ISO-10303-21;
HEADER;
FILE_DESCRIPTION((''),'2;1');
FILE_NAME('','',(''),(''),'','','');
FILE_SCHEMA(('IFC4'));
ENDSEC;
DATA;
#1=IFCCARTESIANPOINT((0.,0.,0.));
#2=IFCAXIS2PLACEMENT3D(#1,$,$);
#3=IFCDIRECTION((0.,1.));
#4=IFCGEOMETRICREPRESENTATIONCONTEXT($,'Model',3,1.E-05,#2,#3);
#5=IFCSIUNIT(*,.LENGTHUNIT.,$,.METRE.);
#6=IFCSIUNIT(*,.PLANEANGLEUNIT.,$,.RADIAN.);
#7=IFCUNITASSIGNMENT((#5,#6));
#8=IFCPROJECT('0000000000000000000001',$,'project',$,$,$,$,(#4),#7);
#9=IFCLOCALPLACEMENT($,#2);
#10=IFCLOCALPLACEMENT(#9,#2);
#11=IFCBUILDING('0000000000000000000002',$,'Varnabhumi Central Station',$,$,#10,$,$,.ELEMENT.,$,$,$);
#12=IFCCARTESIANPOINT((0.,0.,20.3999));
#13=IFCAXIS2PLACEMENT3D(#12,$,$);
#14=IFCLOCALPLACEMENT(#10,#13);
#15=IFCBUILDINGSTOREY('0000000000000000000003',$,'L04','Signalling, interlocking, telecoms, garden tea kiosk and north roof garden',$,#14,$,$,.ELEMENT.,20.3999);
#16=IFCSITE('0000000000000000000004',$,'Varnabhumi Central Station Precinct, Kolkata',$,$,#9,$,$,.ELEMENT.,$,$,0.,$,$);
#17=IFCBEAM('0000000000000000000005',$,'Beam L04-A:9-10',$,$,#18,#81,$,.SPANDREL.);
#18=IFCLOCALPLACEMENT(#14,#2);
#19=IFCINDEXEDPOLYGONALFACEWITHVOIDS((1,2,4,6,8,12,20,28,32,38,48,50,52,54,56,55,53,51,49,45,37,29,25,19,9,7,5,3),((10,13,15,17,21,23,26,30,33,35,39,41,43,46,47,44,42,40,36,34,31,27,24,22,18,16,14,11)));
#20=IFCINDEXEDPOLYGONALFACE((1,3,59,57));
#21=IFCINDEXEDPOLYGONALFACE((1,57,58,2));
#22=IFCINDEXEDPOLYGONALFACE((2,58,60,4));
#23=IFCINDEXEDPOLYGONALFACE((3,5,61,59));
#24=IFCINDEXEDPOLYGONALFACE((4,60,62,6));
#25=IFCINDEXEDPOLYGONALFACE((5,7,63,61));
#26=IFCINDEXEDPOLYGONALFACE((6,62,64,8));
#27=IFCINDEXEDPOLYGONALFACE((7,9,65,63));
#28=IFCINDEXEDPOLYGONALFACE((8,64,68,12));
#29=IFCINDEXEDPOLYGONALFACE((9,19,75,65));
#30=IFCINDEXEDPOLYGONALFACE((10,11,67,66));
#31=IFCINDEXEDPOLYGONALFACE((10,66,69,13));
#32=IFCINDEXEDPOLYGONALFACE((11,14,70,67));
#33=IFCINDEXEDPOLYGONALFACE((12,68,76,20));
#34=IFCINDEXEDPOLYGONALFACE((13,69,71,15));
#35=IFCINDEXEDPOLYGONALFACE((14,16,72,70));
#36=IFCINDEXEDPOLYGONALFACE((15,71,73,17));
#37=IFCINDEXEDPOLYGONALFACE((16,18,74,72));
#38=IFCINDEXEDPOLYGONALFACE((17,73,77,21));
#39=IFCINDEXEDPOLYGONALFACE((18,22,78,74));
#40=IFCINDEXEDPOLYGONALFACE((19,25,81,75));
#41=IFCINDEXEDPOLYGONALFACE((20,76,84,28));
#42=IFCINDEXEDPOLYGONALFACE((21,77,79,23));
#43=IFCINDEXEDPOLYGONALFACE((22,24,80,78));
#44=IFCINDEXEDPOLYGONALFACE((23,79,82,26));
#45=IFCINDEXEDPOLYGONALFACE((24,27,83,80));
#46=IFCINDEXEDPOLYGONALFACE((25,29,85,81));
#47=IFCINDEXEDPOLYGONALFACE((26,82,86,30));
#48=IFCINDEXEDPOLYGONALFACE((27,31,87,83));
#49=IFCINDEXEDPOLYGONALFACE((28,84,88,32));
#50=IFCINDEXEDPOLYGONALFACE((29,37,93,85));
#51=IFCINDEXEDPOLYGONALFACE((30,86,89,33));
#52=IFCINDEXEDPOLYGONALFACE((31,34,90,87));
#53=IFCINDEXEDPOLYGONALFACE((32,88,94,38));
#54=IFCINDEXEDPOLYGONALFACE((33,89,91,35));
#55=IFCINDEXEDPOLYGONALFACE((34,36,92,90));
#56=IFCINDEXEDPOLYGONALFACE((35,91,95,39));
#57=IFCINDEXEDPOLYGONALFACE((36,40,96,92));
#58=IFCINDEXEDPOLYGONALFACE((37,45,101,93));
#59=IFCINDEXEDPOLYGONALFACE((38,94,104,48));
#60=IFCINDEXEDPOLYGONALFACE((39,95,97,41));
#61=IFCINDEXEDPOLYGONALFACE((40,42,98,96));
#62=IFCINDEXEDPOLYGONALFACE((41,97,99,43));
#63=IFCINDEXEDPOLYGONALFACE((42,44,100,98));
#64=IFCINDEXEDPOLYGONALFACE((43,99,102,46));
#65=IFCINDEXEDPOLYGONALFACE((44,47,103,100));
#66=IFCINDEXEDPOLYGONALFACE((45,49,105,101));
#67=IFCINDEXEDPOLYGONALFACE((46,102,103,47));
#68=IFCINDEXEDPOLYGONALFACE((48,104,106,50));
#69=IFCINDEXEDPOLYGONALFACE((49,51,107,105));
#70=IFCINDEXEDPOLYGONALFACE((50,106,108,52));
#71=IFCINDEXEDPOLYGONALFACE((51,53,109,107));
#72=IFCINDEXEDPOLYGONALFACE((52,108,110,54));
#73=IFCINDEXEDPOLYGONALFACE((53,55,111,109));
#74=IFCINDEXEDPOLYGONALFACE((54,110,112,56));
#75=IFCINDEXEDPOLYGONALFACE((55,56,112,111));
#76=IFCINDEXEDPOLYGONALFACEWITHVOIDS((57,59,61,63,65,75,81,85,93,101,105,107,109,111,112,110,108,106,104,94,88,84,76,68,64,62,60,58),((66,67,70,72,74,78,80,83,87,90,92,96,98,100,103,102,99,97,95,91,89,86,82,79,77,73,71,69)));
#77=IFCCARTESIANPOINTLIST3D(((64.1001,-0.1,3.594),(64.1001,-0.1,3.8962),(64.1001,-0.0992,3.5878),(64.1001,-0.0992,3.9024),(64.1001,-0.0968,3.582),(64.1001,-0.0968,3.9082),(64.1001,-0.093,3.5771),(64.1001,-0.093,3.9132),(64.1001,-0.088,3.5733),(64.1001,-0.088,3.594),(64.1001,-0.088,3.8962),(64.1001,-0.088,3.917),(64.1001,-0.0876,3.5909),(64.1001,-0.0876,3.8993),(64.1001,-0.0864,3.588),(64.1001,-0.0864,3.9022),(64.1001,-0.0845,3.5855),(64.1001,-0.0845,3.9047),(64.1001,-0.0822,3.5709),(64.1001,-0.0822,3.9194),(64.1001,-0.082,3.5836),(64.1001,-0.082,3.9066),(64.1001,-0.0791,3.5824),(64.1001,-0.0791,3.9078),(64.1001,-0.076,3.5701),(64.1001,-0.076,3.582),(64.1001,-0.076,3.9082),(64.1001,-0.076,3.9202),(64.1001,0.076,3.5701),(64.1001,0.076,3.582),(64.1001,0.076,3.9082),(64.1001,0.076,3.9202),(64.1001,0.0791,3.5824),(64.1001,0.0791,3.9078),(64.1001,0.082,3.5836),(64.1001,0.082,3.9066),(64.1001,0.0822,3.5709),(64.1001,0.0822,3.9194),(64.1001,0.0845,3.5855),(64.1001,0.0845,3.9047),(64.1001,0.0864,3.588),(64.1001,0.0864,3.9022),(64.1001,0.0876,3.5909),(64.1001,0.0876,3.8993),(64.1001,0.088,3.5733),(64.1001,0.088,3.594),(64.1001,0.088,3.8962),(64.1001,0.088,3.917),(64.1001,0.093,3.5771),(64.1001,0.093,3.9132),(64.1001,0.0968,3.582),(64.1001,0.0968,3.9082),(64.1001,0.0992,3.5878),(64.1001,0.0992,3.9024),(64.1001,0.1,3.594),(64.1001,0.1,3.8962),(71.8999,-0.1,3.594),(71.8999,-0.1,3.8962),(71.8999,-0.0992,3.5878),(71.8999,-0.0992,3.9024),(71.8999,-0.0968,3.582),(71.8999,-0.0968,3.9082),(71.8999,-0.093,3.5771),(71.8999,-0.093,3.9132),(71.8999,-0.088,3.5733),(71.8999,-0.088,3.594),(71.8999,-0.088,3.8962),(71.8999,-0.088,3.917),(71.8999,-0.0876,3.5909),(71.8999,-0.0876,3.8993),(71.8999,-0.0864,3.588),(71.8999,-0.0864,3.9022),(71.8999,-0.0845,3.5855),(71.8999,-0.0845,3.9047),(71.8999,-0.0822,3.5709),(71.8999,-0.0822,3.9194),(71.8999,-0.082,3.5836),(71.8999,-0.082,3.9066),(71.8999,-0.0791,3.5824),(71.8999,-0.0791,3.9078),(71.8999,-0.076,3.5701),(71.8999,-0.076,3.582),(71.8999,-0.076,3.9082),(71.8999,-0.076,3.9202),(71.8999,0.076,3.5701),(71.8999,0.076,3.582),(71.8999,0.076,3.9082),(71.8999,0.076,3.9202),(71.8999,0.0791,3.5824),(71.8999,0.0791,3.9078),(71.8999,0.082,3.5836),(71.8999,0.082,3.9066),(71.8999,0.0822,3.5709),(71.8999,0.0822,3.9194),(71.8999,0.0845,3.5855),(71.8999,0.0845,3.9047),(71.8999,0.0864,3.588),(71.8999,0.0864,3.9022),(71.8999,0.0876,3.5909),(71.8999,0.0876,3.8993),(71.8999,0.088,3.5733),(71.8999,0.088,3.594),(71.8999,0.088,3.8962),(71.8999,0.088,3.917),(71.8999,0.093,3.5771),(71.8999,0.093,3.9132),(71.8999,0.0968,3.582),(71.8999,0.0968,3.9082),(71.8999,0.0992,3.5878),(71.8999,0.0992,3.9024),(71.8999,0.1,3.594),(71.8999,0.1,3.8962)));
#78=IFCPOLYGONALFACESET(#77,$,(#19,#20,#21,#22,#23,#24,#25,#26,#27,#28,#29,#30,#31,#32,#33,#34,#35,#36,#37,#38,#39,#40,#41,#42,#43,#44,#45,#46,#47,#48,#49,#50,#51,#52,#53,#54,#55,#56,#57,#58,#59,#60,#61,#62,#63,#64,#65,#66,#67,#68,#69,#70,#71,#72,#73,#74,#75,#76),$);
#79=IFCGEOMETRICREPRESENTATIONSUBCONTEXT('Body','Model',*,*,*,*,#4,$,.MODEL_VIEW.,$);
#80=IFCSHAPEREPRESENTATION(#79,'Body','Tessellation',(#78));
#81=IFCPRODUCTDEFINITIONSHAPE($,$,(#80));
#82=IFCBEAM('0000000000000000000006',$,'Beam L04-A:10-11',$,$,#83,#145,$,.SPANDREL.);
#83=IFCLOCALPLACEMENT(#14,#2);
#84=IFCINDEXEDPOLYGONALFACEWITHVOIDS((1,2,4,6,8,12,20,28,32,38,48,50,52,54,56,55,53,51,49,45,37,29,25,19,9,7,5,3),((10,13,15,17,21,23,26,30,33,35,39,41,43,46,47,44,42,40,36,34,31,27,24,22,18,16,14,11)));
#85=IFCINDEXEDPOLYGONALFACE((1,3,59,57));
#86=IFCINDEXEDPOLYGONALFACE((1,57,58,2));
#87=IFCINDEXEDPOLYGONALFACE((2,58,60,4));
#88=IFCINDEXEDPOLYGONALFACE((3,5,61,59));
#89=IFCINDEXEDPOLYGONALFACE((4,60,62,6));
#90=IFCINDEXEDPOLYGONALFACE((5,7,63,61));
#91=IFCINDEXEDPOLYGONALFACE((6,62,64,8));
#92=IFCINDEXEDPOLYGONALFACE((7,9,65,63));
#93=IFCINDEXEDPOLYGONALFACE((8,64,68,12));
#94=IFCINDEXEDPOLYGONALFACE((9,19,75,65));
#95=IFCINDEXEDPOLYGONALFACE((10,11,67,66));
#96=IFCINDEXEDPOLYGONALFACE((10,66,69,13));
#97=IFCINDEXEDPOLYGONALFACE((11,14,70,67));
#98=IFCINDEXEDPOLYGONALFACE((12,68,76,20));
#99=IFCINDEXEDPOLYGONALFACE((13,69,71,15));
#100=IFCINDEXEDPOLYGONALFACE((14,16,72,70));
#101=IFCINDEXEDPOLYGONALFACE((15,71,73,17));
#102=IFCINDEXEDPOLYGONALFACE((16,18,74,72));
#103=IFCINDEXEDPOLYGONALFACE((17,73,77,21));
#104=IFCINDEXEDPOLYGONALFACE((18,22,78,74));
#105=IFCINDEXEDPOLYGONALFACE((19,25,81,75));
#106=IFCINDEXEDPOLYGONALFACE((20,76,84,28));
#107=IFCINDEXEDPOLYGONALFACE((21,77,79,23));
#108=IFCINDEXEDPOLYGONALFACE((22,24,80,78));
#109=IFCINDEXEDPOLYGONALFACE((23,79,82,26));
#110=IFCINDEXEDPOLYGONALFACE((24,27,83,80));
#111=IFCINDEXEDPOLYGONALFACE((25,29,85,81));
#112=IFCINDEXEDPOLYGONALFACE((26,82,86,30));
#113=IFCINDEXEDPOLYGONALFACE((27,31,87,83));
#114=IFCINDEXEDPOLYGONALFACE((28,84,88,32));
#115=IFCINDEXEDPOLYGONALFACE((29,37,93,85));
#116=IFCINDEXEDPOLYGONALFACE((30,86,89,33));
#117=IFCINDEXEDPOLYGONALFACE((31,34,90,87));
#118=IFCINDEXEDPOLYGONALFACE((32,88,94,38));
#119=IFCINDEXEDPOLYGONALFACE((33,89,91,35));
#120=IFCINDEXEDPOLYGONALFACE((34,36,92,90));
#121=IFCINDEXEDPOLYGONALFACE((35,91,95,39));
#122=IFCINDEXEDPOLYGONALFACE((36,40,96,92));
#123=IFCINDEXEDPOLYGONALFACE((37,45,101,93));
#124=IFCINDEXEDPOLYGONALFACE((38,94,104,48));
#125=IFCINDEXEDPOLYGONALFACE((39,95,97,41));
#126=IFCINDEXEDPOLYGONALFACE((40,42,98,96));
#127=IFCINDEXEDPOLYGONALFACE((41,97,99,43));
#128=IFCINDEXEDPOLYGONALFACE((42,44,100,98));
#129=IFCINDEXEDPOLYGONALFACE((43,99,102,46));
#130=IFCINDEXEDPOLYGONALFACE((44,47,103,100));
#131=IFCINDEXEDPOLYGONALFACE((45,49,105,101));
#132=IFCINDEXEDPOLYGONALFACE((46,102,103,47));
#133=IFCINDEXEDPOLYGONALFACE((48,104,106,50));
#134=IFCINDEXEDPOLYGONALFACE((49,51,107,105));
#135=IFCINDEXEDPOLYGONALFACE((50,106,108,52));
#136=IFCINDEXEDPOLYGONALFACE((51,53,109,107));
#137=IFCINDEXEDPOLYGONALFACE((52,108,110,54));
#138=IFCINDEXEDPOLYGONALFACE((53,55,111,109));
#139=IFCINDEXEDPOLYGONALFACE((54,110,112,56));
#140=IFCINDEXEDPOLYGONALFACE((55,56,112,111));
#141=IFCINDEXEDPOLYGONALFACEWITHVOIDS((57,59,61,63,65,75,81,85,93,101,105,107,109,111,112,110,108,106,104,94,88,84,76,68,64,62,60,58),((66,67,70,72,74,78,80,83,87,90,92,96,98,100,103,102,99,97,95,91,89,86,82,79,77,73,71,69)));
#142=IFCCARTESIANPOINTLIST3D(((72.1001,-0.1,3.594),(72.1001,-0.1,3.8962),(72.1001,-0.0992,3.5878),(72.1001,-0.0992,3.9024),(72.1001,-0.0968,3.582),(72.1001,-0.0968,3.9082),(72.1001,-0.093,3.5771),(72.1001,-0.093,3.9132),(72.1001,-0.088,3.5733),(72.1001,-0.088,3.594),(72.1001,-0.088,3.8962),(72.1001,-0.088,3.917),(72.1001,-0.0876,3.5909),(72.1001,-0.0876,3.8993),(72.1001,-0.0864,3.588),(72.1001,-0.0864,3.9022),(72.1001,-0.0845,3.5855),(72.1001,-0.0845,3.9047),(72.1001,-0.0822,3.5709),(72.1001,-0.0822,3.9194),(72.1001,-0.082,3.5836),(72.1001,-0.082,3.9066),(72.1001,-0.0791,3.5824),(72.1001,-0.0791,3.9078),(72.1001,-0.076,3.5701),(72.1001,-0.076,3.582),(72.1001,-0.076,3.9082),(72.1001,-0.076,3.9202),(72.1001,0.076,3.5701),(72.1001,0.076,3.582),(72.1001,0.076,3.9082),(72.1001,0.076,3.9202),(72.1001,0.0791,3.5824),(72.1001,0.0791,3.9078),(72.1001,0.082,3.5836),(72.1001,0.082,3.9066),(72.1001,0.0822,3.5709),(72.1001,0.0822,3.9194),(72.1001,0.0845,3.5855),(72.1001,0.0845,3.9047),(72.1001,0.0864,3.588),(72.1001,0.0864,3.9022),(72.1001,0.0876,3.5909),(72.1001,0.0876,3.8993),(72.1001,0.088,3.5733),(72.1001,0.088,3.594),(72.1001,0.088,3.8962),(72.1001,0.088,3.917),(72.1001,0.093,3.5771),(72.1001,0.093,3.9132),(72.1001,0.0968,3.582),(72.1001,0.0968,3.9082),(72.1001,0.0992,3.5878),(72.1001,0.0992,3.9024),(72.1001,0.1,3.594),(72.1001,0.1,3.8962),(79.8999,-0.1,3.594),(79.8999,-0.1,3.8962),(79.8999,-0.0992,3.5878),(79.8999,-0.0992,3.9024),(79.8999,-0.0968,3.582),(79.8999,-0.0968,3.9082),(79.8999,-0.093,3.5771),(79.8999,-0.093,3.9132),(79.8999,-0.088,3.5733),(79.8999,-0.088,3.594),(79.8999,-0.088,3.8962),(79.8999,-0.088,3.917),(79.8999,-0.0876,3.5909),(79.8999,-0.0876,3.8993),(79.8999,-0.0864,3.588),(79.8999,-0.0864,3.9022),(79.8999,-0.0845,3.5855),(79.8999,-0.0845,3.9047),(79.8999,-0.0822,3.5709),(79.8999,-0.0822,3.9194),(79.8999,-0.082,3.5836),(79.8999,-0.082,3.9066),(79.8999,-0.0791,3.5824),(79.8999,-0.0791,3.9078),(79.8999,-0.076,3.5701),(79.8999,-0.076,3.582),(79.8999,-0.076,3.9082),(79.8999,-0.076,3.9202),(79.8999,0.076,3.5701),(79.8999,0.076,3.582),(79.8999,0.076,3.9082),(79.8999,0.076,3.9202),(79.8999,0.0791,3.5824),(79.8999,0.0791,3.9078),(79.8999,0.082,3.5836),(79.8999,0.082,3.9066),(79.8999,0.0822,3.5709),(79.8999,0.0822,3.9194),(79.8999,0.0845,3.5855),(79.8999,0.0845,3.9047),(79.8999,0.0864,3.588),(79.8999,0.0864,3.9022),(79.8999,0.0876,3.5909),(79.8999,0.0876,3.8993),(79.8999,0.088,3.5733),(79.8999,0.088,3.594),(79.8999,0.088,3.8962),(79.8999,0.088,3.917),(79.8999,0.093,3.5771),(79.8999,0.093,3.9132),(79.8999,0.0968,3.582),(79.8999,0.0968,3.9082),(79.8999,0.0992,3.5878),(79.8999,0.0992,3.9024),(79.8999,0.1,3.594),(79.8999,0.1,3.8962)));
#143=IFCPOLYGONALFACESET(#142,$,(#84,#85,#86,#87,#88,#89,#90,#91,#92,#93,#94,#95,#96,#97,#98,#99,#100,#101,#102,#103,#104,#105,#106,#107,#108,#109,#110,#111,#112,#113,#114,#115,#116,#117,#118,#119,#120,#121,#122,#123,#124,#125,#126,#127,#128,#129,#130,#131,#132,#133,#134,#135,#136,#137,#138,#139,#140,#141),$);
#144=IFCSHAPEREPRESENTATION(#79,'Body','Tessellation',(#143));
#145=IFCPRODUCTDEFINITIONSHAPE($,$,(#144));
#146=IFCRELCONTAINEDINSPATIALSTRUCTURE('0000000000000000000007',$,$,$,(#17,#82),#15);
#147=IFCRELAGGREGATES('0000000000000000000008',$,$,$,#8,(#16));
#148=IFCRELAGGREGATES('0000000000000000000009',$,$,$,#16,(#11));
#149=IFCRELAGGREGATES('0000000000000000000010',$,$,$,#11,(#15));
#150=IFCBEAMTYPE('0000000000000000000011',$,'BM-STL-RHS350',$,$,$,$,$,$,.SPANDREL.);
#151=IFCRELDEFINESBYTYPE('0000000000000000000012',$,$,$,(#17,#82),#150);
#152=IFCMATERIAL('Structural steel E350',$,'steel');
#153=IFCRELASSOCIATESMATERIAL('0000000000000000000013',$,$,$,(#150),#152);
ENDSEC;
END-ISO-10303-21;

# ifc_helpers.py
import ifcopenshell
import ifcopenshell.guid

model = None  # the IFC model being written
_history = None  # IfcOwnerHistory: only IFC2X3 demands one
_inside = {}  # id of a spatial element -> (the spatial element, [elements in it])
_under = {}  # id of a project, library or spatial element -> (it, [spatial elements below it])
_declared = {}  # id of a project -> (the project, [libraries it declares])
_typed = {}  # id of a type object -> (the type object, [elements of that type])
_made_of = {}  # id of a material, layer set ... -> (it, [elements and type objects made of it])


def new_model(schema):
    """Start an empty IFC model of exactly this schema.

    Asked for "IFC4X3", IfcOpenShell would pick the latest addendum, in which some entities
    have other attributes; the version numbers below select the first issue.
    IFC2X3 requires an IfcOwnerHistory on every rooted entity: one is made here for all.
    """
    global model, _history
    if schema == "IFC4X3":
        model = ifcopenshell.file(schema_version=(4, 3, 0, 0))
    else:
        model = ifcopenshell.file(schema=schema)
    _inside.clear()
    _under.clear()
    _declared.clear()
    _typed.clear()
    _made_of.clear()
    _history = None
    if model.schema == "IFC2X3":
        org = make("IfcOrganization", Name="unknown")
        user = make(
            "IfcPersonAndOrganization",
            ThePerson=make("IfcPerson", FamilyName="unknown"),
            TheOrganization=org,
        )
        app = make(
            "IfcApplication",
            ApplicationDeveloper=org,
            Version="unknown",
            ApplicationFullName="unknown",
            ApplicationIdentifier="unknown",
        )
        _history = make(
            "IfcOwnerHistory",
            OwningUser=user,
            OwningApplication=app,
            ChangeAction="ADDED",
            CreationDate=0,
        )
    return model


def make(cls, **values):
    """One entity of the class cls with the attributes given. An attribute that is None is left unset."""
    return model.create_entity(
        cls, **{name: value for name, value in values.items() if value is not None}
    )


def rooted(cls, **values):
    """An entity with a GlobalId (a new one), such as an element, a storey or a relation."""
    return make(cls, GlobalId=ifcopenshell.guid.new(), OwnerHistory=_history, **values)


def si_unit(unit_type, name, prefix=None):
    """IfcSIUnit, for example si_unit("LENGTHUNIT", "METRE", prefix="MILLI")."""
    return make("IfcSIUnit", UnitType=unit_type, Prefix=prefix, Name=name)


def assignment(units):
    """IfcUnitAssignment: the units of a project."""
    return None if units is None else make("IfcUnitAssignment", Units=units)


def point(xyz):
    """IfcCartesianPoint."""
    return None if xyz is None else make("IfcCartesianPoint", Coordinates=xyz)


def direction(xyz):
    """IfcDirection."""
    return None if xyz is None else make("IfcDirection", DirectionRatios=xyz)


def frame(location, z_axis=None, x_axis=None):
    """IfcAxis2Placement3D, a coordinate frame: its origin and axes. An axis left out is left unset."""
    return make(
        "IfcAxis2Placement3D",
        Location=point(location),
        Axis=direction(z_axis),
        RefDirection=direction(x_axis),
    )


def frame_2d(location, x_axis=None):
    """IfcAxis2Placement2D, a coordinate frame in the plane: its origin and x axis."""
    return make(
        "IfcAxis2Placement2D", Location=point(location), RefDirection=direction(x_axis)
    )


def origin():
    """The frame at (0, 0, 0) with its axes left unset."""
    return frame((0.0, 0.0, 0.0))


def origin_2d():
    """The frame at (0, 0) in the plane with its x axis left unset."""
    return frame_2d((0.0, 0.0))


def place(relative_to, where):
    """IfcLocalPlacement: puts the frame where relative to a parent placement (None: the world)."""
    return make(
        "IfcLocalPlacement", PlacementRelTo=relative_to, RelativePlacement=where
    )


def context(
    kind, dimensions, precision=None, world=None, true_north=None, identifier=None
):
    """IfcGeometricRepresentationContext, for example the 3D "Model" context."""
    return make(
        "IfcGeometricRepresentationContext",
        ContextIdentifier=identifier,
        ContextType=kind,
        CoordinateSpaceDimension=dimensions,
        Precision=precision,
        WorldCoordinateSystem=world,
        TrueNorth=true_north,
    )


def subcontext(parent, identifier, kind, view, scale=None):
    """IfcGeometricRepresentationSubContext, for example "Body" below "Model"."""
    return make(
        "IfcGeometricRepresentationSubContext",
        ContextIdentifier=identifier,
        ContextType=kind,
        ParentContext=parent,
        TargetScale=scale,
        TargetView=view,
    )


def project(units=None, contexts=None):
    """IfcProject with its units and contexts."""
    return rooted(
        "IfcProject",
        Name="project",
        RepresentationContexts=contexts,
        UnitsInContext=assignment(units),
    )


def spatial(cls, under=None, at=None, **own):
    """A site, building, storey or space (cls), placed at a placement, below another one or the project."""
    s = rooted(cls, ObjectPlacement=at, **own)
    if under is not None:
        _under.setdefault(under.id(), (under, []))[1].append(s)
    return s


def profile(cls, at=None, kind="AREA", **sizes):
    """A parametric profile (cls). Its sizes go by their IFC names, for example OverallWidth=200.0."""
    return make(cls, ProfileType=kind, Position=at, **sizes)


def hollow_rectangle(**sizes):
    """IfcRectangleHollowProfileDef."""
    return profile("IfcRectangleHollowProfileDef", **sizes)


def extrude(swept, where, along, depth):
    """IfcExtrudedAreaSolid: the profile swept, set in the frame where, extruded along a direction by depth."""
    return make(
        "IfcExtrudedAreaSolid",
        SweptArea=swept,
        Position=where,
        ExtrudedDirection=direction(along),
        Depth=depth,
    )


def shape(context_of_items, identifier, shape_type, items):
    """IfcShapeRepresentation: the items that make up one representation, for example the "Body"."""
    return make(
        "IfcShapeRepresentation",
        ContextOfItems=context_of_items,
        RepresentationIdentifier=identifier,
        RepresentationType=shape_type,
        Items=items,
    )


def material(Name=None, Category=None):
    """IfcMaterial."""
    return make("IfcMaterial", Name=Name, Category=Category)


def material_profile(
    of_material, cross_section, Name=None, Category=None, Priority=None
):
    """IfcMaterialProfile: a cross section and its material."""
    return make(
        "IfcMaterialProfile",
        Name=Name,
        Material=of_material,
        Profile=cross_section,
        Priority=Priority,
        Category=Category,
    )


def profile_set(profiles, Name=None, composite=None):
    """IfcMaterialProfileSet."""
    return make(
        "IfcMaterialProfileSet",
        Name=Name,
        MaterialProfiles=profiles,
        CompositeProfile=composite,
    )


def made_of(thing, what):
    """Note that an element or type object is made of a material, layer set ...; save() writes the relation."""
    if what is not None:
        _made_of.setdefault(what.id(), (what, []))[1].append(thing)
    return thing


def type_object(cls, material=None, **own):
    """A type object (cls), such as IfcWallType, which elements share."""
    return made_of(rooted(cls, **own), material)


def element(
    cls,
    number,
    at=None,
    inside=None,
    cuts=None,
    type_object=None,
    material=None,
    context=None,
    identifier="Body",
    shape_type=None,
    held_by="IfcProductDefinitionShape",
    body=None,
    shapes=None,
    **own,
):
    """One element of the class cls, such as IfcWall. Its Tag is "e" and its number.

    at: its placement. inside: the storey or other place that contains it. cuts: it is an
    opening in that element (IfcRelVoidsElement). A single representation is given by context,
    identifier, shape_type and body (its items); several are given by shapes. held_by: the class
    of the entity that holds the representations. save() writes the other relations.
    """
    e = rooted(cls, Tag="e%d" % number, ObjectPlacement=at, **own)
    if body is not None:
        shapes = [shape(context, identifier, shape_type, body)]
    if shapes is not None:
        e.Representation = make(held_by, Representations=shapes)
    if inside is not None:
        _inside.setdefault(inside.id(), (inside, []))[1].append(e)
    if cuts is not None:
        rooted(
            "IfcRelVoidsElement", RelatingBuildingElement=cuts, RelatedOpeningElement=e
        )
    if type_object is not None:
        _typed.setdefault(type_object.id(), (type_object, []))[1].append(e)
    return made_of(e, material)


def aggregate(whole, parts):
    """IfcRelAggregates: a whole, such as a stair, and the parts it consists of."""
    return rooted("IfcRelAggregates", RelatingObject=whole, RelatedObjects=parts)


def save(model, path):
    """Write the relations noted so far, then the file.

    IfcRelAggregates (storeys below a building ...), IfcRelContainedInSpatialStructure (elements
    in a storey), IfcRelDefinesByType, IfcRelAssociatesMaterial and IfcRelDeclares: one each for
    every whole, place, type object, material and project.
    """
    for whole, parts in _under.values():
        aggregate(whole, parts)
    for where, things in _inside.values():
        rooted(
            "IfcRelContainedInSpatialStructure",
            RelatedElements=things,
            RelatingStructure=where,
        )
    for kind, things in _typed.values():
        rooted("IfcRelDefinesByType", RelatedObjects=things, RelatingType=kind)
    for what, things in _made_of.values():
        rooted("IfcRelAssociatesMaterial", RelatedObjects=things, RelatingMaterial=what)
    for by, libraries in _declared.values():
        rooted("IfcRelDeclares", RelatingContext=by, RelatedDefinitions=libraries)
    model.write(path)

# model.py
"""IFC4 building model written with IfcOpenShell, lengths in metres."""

from ifc_helpers import new_model, si_unit, direction, frame, origin, origin_2d, place, context, subcontext, project, spatial, hollow_rectangle, extrude, material, material_profile, profile_set, type_object, element, save


model = new_model("IFC4")

# Units and contexts
model_context = context("Model", 3, precision=1e-05, world=origin(), true_north=direction((0.0, 1.0)))
body_context = subcontext(model_context, "Body", "Model", "MODEL_VIEW")
ifc_project = project(units=[si_unit("LENGTHUNIT", "METRE"), si_unit("PLANEANGLEUNIT", "RADIAN")], contexts=[model_context])

# Site, building, storey
site_placement = place(None, origin())
site = spatial("IfcSite", under=ifc_project, at=site_placement, Name="Varnabhumi Central Station Precinct, Kolkata", CompositionType="ELEMENT", RefElevation=0.0)
building_placement = place(site_placement, origin())
building = spatial("IfcBuilding", under=site, at=building_placement, Name="Varnabhumi Central Station", CompositionType="ELEMENT")
storey_placement = place(building_placement, frame((0.0, 0.0, 20.3999)))
storey = spatial("IfcBuildingStorey", under=building, at=storey_placement, Name="L04", Description="Signalling, interlocking, telecoms, garden tea kiosk and north roof garden", CompositionType="ELEMENT", Elevation=20.3999)

# Beams
ifc_material_1 = material(Name="Structural steel E350", Category="steel")
ifc_material_profile_1 = material_profile(ifc_material_1, hollow_rectangle(XDim=0.2, YDim=0.3501, WallThickness=0.012, InnerFilletRadius=0.012, OuterFilletRadius=0.0239, at=origin_2d()), Name="Structural steel E350", Category="steel")
ifc_profile_set_1 = profile_set([ifc_material_profile_1], Name="Structural steel E350")
beam_type_1 = type_object("IfcBeamType", Name="BM-STL-RHS350", PredefinedType="SPANDREL", material=ifc_profile_set_1)
for number, where, z_axis, x_axis, name in (
    (1, (64.1001, 0.0, 3.7451), (1.0, 0.0, 0.0), (0.0, 1.0, 0.0), "Beam L04-A:9-10"),
    (2, (72.1001, 0.0, 3.7451), (1.0, 0.0, 0.0), (0.0, 1.0, 0.0), "Beam L04-A:10-11"),
):
    element("IfcBeam", number, at=place(storey_placement, frame(where, z_axis=z_axis, x_axis=x_axis)), inside=storey, type_object=beam_type_1, Name=name, PredefinedType="SPANDREL", context=body_context, shape_type="SweptSolid", body=[
        extrude(hollow_rectangle(XDim=0.2, YDim=0.3501, WallThickness=0.012, InnerFilletRadius=0.012, OuterFilletRadius=0.0239, at=origin_2d()), origin(), (0.0, 0.0, 1.0), 7.7998),
    ])

save(model, "model.ifc")
